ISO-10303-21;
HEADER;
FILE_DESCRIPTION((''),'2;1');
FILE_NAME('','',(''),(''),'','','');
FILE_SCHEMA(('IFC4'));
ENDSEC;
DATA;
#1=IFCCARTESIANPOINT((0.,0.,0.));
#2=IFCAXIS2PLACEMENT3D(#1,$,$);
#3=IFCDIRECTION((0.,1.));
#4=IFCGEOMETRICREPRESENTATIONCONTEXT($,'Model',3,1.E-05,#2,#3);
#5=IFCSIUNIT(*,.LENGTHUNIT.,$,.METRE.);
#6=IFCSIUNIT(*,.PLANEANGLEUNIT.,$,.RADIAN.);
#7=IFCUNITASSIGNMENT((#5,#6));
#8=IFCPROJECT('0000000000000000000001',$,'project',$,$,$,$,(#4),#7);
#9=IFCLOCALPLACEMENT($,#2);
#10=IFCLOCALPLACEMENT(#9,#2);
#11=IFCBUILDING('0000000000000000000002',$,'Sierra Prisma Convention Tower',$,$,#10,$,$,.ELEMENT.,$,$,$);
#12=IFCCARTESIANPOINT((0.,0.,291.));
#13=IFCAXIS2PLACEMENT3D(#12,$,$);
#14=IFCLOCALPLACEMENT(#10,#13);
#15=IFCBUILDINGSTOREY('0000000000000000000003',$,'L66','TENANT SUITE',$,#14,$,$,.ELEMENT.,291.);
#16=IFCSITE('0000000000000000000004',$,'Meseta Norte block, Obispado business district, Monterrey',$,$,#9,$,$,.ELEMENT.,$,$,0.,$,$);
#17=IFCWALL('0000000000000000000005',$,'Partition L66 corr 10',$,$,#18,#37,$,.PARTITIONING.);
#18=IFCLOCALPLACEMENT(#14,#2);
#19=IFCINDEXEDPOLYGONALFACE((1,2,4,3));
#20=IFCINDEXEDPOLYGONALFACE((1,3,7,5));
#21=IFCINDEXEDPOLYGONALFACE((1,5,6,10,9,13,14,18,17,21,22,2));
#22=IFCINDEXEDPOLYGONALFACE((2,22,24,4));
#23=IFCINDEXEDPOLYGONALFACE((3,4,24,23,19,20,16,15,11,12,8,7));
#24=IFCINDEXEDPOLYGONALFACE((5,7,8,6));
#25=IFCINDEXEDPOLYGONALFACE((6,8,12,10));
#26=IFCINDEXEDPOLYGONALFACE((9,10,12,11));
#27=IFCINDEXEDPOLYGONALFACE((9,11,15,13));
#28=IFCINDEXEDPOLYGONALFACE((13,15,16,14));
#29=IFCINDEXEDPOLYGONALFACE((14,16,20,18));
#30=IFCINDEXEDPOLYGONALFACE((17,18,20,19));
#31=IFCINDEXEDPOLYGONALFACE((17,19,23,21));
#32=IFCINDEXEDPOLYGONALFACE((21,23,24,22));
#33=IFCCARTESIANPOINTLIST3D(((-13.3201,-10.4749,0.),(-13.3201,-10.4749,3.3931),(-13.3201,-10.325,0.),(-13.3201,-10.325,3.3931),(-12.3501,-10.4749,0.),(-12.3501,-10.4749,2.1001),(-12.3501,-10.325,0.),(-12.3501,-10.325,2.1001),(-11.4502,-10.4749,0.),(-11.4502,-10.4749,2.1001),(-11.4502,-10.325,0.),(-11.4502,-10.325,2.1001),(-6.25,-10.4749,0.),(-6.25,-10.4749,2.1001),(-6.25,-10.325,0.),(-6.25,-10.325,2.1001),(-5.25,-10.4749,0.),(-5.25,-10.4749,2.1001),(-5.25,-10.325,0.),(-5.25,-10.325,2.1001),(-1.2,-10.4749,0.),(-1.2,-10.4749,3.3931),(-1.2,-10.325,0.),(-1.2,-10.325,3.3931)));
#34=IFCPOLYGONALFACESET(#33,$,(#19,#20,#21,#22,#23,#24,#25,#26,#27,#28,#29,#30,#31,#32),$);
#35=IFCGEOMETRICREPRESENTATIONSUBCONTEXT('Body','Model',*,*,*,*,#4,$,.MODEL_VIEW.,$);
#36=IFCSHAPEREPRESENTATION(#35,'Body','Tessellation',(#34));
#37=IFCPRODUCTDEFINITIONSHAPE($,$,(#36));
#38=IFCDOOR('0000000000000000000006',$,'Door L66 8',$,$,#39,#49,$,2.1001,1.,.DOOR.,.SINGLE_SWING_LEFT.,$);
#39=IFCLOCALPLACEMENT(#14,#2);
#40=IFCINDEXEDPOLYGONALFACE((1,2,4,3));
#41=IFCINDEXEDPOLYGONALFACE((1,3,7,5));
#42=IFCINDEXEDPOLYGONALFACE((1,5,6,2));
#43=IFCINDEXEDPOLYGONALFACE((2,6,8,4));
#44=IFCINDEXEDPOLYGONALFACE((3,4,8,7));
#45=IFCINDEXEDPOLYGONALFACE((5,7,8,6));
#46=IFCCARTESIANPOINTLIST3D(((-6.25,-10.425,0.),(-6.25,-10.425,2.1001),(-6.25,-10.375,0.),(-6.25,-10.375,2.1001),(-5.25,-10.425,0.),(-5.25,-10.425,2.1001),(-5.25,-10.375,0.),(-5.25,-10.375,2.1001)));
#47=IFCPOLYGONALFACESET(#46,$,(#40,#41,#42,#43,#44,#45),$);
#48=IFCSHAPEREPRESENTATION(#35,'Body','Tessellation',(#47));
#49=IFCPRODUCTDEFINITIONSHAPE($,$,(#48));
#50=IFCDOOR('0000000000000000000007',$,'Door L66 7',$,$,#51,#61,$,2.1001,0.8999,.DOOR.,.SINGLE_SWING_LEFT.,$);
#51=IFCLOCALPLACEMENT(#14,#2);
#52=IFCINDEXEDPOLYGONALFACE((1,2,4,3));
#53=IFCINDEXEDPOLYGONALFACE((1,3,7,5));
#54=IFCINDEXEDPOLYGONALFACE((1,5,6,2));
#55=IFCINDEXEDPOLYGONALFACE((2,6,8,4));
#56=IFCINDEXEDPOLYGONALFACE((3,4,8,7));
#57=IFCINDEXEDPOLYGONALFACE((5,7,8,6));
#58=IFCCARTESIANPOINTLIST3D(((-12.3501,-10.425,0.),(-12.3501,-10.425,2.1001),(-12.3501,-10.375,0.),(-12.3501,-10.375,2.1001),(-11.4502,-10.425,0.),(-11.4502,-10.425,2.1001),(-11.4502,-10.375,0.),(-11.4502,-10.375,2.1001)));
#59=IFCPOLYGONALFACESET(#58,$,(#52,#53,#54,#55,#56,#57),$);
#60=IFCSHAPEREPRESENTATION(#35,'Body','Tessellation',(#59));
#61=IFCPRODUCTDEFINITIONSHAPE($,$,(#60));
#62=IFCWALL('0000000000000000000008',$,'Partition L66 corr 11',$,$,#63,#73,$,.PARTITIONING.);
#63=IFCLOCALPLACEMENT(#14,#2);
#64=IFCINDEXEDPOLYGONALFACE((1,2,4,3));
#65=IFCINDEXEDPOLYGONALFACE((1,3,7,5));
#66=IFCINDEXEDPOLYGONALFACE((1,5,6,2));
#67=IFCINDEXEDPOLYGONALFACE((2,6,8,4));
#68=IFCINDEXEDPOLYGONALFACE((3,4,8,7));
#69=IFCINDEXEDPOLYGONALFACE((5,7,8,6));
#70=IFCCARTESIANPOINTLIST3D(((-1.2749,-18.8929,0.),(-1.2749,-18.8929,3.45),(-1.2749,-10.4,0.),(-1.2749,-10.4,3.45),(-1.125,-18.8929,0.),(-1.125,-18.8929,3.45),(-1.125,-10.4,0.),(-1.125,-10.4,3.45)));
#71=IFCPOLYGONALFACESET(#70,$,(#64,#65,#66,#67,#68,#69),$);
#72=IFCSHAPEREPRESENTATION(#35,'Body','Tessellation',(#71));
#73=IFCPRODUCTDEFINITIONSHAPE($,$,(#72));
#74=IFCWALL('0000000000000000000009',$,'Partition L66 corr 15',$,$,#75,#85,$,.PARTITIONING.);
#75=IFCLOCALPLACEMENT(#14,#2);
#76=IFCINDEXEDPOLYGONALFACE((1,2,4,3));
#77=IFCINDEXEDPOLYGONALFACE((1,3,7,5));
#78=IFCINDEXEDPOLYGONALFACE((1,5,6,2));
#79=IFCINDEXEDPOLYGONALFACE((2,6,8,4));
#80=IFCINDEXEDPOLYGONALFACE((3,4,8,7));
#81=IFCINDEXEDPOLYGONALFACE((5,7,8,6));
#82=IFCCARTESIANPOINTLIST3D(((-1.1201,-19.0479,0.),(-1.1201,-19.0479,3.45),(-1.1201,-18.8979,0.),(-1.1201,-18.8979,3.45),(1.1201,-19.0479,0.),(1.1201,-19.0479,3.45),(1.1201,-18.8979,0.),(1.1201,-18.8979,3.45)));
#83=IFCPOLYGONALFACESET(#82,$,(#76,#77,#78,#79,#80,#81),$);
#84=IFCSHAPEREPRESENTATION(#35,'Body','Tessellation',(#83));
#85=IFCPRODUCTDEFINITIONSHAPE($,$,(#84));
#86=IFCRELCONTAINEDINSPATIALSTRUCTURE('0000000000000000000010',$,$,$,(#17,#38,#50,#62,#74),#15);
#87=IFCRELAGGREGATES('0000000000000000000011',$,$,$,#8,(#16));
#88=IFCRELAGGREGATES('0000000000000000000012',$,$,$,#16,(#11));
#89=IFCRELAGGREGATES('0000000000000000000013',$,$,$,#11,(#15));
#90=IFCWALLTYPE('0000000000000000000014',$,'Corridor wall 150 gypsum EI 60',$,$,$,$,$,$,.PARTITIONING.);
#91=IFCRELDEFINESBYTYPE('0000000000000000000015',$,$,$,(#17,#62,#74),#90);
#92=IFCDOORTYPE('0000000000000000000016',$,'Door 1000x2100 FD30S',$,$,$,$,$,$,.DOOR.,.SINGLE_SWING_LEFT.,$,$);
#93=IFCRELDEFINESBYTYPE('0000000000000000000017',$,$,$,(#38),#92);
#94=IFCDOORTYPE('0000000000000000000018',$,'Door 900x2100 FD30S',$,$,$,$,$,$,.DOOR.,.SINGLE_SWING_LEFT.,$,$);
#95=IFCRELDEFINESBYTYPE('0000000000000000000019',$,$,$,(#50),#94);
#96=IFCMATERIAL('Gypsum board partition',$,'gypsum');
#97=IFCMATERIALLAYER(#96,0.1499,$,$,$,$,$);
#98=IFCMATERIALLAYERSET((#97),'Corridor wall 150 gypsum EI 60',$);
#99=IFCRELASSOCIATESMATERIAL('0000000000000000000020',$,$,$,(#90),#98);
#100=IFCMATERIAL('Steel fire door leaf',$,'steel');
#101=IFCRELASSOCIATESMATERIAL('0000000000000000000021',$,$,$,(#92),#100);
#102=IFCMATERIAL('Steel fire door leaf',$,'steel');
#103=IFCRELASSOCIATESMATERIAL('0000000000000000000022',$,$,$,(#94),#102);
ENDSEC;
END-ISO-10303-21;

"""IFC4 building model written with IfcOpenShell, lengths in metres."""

from ifc_helpers import new_model, si_unit, direction, frame, frame_2d, origin, place, context, subcontext, project, spatial, rectangle, extrude, material, layer, layer_set, type_object, element, fill, save


model = new_model("IFC4")

# Units and contexts
model_context = context("Model", 3, precision=1e-05, world=origin(), true_north=direction((0.0, 1.0)))
body_context = subcontext(model_context, "Body", "Model", "MODEL_VIEW")
ifc_project = project(units=[si_unit("LENGTHUNIT", "METRE"), si_unit("PLANEANGLEUNIT", "RADIAN")], contexts=[model_context])

# Site, building, storey
site_placement = place(None, origin())
site = spatial("IfcSite", under=ifc_project, at=site_placement, Name="Meseta Norte block, Obispado business district, Monterrey", CompositionType="ELEMENT", RefElevation=0.0)
building_placement = place(site_placement, origin())
building = spatial("IfcBuilding", under=site, at=building_placement, Name="Sierra Prisma Convention Tower", CompositionType="ELEMENT")
storey_placement = place(building_placement, frame((0.0, 0.0, 291.0)))
storey = spatial("IfcBuildingStorey", under=building, at=storey_placement, Name="L66", Description="TENANT SUITE", CompositionType="ELEMENT", Elevation=291.0)

# Wall, openings, doors
ifc_material_1 = material(Name="Gypsum board partition", Category="gypsum")
ifc_layer_1 = layer(ifc_material_1, 0.1499)
ifc_layer_set_1 = layer_set([ifc_layer_1], Name="Corridor wall 150 gypsum EI 60")
wall_type_1 = type_object("IfcWallType", Name="Corridor wall 150 gypsum EI 60", PredefinedType="PARTITIONING", material=ifc_layer_set_1)
wall_1_placement = place(storey_placement, frame((-13.3201, -10.3999, 0.0), z_axis=(0.0, 0.0, 1.0), x_axis=(1.0, 0.0, 0.0)))
wall_1 = element("IfcWall", 1, at=wall_1_placement, inside=storey, type_object=wall_type_1, Name="Partition L66 corr 10", PredefinedType="PARTITIONING", context=body_context, shape_type="SweptSolid", body=[
    extrude(rectangle(XDim=12.1201, YDim=0.1499, at=frame_2d((6.0601, 0.0))), origin(), (0.0, 0.0, 1.0), 3.3931),
])
opening_1_placement = place(wall_1_placement, frame((0.97, 0.0, 0.0)))
opening_1 = element("IfcOpeningElement", 2, at=opening_1_placement, cuts=wall_1, PredefinedType="OPENING", context=body_context, shape_type="SweptSolid", body=[
    extrude(rectangle(XDim=0.8999, YDim=2.1001, at=frame_2d((0.45, 1.05))), frame((0.0, 0.075, 0.0), z_axis=(0.0, -1.0, 0.0), x_axis=(1.0, 0.0, 0.0)), (0.0, 0.0, 1.0), 0.1499),
])
opening_2_placement = place(wall_1_placement, frame((7.0701, 0.0, 0.0)))
opening_2 = element("IfcOpeningElement", 3, at=opening_2_placement, cuts=wall_1, PredefinedType="OPENING", context=body_context, shape_type="SweptSolid", body=[
    extrude(rectangle(XDim=1.0, YDim=2.1001, at=frame_2d((0.5, 1.05))), frame((0.0, 0.075, 0.0), z_axis=(0.0, -1.0, 0.0), x_axis=(1.0, 0.0, 0.0)), (0.0, 0.0, 1.0), 0.1499),
])
ifc_material_2 = material(Name="Steel fire door leaf", Category="steel")
door_type_1 = type_object("IfcDoorType", Name="Door 1000x2100 FD30S", OperationType="SINGLE_SWING_LEFT", PredefinedType="DOOR", material=ifc_material_2)
door_1_placement = place(opening_2_placement, origin())
door_1 = element("IfcDoor", 4, at=door_1_placement, inside=storey, type_object=door_type_1, Name="Door L66 8", OperationType="SINGLE_SWING_LEFT", OverallHeight=2.1001, OverallWidth=1.0, PredefinedType="DOOR", context=body_context, shape_type="SweptSolid", body=[
    extrude(rectangle(XDim=1.0, YDim=2.1001, at=frame_2d((0.5, 1.05))), frame((0.0, 0.0249, 0.0), z_axis=(0.0, -1.0, 0.0), x_axis=(1.0, 0.0, 0.0)), (0.0, 0.0, 1.0), 0.05),
])
fill(opening_2, door_1)
ifc_material_3 = material(Name="Steel fire door leaf", Category="steel")
door_type_2 = type_object("IfcDoorType", Name="Door 900x2100 FD30S", OperationType="SINGLE_SWING_LEFT", PredefinedType="DOOR", material=ifc_material_3)
door_2_placement = place(opening_1_placement, origin())
door_2 = element("IfcDoor", 5, at=door_2_placement, inside=storey, type_object=door_type_2, Name="Door L66 7", OperationType="SINGLE_SWING_LEFT", OverallHeight=2.1001, OverallWidth=0.8999, PredefinedType="DOOR", context=body_context, shape_type="SweptSolid", body=[
    extrude(rectangle(XDim=0.8999, YDim=2.1001, at=frame_2d((0.45, 1.05))), frame((0.0, 0.0249, 0.0), z_axis=(0.0, -1.0, 0.0), x_axis=(1.0, 0.0, 0.0)), (0.0, 0.0, 1.0), 0.05),
])
fill(opening_1, door_2)

# Walls
wall_2_placement = place(storey_placement, frame((-1.2, -10.3999, 0.0), z_axis=(0.0, 0.0, 1.0), x_axis=(0.0, -1.0, 0.0)))
element("IfcWall", 6, at=wall_2_placement, inside=storey, type_object=wall_type_1, Name="Partition L66 corr 11", PredefinedType="PARTITIONING", context=body_context, shape_type="SweptSolid", body=[
    extrude(rectangle(XDim=8.4929, YDim=0.1499, at=frame_2d((4.2466, 0.0))), origin(), (0.0, 0.0, 1.0), 3.45),
])
wall_3_placement = place(storey_placement, frame((-1.1201, -18.9729, 0.0), z_axis=(0.0, 0.0, 1.0), x_axis=(1.0, 0.0, 0.0)))
element("IfcWall", 7, at=wall_3_placement, inside=storey, type_object=wall_type_1, Name="Partition L66 corr 15", PredefinedType="PARTITIONING", context=body_context, shape_type="SweptSolid", body=[
    extrude(rectangle(XDim=2.2402, YDim=0.1499, at=frame_2d((1.1201, 0.0))), origin(), (0.0, 0.0, 1.0), 3.45),
])

save(model, "model.ifc")
